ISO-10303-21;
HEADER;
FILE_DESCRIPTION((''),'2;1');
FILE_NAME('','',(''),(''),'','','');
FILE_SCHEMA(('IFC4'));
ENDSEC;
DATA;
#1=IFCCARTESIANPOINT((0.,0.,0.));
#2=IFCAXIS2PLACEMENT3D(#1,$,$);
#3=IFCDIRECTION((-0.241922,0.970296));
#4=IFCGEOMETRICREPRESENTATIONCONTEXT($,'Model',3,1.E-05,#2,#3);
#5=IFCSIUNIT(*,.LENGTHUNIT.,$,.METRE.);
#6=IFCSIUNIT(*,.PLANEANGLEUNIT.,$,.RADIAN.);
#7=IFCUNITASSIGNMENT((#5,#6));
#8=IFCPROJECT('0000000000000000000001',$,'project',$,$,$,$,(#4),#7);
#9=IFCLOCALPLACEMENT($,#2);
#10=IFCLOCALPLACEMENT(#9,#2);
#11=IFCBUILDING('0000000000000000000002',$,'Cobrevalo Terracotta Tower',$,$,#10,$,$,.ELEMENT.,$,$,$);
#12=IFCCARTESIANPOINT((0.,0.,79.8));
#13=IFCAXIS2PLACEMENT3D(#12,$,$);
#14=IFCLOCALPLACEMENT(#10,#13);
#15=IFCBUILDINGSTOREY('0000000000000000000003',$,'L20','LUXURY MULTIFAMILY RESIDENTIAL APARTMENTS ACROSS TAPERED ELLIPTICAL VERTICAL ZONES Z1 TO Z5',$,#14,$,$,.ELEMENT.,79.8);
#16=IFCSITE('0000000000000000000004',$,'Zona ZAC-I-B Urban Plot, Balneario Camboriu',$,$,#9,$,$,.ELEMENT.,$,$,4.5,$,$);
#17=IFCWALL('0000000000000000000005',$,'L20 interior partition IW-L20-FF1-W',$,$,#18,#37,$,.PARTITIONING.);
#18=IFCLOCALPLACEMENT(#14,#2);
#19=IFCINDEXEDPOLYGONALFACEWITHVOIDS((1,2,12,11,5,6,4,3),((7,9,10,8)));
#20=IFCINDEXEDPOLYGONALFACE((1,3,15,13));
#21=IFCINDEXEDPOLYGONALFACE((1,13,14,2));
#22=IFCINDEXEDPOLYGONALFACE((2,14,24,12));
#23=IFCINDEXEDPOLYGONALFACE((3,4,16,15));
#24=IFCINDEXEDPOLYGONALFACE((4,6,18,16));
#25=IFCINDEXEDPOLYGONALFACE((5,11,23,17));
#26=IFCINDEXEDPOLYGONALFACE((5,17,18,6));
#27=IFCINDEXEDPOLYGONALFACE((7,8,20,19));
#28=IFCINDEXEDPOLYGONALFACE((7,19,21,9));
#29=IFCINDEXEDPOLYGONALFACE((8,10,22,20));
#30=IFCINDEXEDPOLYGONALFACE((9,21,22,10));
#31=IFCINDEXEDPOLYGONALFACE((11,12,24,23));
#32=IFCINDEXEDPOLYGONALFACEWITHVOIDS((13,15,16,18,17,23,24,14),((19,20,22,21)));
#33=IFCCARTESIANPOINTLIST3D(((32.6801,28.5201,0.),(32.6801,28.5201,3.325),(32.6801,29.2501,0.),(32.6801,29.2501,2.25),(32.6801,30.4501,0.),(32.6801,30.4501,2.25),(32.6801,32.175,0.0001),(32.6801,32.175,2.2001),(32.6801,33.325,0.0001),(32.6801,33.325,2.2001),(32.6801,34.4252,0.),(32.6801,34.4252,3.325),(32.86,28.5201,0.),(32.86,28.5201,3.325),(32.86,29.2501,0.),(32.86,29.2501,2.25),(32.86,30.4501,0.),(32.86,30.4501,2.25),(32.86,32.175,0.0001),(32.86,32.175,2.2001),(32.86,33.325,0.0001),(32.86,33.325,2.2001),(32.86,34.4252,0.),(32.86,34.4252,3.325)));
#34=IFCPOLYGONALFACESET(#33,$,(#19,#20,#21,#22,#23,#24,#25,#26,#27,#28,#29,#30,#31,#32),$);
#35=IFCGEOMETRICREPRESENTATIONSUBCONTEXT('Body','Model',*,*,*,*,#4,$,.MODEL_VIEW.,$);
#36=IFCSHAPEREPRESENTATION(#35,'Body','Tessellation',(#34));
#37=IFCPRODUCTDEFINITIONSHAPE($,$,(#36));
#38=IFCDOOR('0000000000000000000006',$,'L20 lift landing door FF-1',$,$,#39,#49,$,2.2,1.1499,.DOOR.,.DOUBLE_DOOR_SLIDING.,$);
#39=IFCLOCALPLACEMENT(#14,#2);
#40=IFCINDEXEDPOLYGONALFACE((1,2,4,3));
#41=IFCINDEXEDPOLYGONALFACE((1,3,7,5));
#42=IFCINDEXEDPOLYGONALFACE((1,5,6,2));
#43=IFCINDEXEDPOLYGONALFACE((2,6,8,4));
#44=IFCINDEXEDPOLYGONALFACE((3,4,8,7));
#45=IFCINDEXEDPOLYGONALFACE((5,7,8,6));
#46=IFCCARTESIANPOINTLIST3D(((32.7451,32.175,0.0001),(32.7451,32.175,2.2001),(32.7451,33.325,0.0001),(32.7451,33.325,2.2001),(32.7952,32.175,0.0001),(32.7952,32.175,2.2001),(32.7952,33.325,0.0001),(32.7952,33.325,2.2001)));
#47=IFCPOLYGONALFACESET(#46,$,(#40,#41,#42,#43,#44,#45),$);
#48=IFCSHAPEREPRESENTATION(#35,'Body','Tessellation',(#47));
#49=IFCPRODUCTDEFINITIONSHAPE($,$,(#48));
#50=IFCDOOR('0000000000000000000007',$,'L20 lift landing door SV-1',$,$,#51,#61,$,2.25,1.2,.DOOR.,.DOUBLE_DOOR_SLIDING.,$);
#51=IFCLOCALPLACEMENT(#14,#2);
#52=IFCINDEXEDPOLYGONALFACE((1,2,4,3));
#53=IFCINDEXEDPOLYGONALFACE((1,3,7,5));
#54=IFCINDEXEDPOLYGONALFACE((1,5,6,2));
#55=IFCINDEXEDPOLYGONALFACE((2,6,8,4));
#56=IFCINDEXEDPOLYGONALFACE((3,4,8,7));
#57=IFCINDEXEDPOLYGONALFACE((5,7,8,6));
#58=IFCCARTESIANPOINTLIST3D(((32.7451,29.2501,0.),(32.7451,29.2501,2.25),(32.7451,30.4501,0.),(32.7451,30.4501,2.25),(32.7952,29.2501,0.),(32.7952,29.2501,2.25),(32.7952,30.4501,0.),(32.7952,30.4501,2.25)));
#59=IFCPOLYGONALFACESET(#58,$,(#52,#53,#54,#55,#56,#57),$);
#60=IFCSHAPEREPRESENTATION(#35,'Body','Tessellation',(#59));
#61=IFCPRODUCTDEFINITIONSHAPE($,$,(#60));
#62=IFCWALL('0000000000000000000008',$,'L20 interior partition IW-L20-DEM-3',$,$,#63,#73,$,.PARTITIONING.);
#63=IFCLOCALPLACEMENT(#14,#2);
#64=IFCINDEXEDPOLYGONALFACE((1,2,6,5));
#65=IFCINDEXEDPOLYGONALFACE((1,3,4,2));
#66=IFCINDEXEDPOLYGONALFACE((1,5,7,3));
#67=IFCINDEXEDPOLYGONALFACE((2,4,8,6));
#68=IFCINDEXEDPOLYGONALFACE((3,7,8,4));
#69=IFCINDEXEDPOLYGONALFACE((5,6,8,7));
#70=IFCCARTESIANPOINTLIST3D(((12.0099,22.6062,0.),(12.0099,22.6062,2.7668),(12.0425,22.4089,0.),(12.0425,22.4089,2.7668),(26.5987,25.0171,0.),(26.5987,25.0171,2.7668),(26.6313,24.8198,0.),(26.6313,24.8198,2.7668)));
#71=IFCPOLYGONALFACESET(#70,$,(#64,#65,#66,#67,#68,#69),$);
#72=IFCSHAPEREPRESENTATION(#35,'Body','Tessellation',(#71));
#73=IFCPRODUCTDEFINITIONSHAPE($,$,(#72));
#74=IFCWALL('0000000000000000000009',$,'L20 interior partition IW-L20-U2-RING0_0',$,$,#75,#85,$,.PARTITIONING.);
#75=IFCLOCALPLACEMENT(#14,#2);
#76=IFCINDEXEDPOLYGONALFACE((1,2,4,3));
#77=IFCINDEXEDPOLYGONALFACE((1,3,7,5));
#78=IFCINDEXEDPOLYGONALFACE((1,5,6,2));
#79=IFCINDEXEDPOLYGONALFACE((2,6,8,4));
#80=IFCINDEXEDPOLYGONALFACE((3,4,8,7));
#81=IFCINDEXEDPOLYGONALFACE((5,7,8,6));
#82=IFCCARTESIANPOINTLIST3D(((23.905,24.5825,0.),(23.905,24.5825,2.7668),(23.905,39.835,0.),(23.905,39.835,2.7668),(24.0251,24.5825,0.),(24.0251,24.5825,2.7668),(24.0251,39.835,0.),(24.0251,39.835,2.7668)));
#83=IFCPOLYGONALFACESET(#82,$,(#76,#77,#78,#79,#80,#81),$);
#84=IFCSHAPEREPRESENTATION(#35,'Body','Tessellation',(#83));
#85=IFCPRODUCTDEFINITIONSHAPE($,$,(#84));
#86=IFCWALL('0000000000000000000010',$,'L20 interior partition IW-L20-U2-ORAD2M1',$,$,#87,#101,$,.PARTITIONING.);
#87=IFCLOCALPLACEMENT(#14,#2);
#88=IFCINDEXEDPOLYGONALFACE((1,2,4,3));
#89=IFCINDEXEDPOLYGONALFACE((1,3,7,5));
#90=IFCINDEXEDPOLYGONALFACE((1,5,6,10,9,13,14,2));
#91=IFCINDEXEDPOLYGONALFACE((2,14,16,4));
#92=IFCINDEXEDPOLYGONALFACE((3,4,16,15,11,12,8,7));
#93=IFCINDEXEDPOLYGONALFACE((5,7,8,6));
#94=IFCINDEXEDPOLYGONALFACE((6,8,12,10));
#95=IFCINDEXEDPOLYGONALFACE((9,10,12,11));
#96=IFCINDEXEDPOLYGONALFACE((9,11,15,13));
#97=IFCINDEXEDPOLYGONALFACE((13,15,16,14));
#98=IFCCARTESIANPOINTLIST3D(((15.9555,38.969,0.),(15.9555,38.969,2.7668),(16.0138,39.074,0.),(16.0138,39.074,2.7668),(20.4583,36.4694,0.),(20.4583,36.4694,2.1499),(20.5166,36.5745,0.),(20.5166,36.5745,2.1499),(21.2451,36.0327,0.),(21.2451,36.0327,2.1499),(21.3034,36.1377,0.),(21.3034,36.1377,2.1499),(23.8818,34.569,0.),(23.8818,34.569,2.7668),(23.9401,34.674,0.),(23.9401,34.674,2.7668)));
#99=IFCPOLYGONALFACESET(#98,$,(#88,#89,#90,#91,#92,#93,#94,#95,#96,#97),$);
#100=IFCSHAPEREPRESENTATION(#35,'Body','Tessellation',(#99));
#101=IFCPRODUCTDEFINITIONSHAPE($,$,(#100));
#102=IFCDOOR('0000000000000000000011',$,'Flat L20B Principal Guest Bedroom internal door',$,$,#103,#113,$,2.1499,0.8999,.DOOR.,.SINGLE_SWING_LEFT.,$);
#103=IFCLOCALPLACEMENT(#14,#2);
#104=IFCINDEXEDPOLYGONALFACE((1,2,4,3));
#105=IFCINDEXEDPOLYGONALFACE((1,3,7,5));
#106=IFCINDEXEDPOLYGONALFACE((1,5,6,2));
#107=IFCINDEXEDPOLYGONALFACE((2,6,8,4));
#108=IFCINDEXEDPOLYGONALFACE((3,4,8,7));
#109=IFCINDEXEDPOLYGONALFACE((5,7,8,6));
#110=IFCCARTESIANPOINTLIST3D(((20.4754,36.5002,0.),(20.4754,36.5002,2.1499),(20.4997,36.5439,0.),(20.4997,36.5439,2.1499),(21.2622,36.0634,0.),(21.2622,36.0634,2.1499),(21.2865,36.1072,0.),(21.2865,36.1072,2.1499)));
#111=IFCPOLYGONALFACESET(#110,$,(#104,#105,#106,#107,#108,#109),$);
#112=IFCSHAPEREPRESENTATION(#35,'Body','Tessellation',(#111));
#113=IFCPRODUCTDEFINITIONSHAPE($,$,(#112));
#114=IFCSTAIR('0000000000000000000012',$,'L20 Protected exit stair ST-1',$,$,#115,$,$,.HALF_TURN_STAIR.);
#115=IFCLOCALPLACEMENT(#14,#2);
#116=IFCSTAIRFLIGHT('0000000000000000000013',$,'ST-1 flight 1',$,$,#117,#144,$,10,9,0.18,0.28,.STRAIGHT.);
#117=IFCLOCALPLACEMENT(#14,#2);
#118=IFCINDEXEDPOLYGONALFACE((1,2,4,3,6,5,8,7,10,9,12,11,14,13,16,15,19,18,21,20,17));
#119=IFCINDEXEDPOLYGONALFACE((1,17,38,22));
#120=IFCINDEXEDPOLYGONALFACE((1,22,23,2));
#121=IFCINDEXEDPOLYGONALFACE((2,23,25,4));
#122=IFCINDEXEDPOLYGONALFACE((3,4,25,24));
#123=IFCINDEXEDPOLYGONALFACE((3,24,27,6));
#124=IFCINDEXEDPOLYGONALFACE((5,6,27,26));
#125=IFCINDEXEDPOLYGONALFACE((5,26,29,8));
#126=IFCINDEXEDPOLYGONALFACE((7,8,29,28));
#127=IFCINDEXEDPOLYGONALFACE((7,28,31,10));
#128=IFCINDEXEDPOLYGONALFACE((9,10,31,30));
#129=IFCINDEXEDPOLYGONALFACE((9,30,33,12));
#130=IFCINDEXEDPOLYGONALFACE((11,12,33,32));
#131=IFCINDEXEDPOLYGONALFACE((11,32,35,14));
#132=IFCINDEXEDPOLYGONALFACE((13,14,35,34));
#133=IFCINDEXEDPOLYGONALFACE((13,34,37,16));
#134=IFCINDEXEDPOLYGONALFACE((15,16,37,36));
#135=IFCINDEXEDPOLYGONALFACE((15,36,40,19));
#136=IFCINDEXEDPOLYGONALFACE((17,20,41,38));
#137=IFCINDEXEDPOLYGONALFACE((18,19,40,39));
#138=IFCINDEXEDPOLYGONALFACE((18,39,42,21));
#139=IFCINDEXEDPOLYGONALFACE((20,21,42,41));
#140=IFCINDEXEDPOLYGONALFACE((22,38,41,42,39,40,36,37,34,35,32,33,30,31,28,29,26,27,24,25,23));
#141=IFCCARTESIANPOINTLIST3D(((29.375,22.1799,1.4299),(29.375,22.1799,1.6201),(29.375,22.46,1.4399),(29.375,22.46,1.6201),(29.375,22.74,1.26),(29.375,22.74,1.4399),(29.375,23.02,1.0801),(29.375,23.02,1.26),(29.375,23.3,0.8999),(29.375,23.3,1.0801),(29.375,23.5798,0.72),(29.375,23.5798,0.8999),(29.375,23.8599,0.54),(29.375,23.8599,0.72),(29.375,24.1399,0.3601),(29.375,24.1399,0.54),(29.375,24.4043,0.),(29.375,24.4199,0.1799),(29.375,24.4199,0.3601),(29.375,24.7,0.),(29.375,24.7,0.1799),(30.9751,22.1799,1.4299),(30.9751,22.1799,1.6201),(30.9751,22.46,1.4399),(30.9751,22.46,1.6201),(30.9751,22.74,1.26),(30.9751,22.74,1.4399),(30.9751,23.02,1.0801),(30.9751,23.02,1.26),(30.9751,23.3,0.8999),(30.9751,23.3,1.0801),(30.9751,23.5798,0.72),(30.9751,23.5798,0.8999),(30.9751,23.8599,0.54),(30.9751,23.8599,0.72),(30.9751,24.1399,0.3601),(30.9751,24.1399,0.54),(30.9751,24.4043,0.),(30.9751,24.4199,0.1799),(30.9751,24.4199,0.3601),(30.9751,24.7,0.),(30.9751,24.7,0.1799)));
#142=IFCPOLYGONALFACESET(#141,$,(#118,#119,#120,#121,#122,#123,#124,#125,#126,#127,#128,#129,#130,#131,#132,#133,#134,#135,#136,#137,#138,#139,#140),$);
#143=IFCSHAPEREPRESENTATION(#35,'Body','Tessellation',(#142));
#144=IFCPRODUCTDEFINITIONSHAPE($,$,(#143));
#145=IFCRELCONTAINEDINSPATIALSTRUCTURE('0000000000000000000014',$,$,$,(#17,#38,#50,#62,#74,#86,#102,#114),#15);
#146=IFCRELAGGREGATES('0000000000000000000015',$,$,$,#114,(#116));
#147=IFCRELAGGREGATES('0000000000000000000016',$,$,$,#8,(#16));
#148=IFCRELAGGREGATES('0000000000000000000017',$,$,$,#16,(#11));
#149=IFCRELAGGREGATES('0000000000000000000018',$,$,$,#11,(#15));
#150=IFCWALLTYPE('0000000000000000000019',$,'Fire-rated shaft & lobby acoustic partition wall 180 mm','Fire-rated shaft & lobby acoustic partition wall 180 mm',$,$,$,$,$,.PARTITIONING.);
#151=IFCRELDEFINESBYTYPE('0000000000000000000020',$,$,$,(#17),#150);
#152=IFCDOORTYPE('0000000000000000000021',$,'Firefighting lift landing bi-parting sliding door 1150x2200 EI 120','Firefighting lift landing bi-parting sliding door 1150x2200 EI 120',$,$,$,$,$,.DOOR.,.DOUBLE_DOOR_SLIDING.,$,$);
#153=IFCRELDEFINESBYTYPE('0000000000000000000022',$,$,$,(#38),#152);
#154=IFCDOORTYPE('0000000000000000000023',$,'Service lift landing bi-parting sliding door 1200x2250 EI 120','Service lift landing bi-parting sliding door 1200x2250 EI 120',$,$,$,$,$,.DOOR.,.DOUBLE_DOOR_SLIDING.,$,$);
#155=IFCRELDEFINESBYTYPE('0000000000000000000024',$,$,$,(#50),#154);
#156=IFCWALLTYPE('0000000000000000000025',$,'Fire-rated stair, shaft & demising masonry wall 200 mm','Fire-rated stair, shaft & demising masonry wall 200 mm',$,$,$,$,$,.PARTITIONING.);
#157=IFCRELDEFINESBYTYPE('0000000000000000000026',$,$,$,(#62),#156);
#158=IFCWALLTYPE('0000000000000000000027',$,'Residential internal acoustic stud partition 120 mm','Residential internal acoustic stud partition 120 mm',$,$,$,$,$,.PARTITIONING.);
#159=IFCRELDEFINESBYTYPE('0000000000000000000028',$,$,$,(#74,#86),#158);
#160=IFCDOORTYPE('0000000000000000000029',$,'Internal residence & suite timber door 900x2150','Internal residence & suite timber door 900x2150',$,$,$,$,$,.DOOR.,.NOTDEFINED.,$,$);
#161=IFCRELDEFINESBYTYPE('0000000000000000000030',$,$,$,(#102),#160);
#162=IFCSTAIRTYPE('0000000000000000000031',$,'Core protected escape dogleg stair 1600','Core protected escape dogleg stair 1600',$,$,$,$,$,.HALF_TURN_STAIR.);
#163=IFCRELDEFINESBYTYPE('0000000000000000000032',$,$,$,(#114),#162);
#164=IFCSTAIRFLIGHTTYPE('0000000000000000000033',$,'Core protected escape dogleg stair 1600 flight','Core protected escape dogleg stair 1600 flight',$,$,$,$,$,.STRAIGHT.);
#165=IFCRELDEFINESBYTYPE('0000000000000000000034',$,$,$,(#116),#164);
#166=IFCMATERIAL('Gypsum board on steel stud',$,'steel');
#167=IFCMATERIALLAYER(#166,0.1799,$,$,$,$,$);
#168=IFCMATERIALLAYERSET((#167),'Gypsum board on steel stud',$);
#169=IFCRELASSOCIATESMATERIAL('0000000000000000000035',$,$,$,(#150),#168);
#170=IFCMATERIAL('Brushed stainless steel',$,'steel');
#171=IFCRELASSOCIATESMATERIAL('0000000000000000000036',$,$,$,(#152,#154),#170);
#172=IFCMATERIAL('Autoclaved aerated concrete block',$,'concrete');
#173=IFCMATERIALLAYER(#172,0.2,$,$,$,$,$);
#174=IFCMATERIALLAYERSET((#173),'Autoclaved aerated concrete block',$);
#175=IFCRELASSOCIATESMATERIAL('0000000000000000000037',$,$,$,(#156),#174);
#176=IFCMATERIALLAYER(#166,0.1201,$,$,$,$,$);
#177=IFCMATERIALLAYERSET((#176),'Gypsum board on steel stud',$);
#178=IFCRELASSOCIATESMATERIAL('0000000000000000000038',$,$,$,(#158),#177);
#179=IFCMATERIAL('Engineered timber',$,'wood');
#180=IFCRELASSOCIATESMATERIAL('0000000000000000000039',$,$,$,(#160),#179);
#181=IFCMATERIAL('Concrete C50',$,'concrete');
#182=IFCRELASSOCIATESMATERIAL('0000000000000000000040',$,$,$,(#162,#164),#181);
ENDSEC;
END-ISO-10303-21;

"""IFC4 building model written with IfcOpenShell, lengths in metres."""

from ifc_helpers import new_model, si_unit, direction, frame, frame_2d, origin, place, context, subcontext, project, spatial, polyline, rectangle, outline, extrude, source, transform, mapped, material, layer, layer_set, type_object, element, fill, aggregate, save


model = new_model("IFC4")

# Units and contexts
model_context = context("Model", 3, precision=1e-05, world=origin(), true_north=direction((-0.241922, 0.970296)))
body_context = subcontext(model_context, "Body", "Model", "MODEL_VIEW")
ifc_project = project(units=[si_unit("LENGTHUNIT", "METRE"), si_unit("PLANEANGLEUNIT", "RADIAN")], contexts=[model_context])

# Site, building, storey
site_placement = place(None, origin())
site = spatial("IfcSite", under=ifc_project, at=site_placement, Name="Zona ZAC-I-B Urban Plot, Balneario Camboriu", CompositionType="ELEMENT", RefElevation=4.5)
building_placement = place(site_placement, origin())
building = spatial("IfcBuilding", under=site, at=building_placement, Name="Cobrevalo Terracotta Tower", CompositionType="ELEMENT")
storey_placement = place(building_placement, frame((0.0, 0.0, 79.8)))
storey = spatial("IfcBuildingStorey", under=building, at=storey_placement, Name="L20", Description="LUXURY MULTIFAMILY RESIDENTIAL APARTMENTS ACROSS TAPERED ELLIPTICAL VERTICAL ZONES Z1 TO Z5", CompositionType="ELEMENT", Elevation=79.8)

# Shared definitions
ifc_material_1 = material(Name="Gypsum board on steel stud", Category="steel")

# Shared definitions
ifc_layer_1 = layer(ifc_material_1, 0.1799)
ifc_layer_set_1 = layer_set([ifc_layer_1], Name="Gypsum board on steel stud")
wall_type_1 = type_object("IfcWallType", Name="Fire-rated shaft & lobby acoustic partition wall 180 mm", Description="Fire-rated shaft & lobby acoustic partition wall 180 mm", PredefinedType="PARTITIONING", material=ifc_layer_set_1)

# Wall, openings, doors
wall_1_placement = place(storey_placement, frame((32.77, 28.52, 0.0), z_axis=(0.0, 0.0, 1.0), x_axis=(0.0, 1.0, 0.0)))
wall_1 = element("IfcWall", 1, at=wall_1_placement, inside=storey, type_object=wall_type_1, Name="L20 interior partition IW-L20-FF1-W", PredefinedType="PARTITIONING", context=body_context, shape_type="SweptSolid", body=[
    extrude(rectangle(XDim=5.905, YDim=0.1799, at=frame_2d((2.9526, 0.0))), origin(), (0.0, 0.0, 1.0), 3.325),
])
opening_1_placement = place(wall_1_placement, frame((3.655, 0.0, 0.0)))
opening_1 = element("IfcOpeningElement", 2, at=opening_1_placement, cuts=wall_1, PredefinedType="OPENING", context=body_context, shape_type="SweptSolid", body=[
    extrude(rectangle(XDim=1.1499, YDim=2.2, at=frame_2d((0.575, 1.1001))), frame((0.0, 0.1001, 0.0), z_axis=(0.0, -1.0, 0.0), x_axis=(1.0, 0.0, 0.0)), (0.0, 0.0, 1.0), 0.2),
])
opening_2_placement = place(wall_1_placement, frame((0.73, 0.0, 0.0)))
opening_2 = element("IfcOpeningElement", 3, at=opening_2_placement, cuts=wall_1, PredefinedType="OPENING", context=body_context, shape_type="SweptSolid", body=[
    extrude(rectangle(XDim=1.2, YDim=2.25, at=frame_2d((0.6001, 1.125))), frame((0.0, 0.1001, 0.0), z_axis=(0.0, -1.0, 0.0), x_axis=(1.0, 0.0, 0.0)), (0.0, 0.0, 1.0), 0.2),
])
ifc_material_2 = material(Name="Brushed stainless steel", Category="steel")
door_type_1 = type_object("IfcDoorType", Name="Firefighting lift landing bi-parting sliding door 1150x2200 EI 120", Description="Firefighting lift landing bi-parting sliding door 1150x2200 EI 120", OperationType="DOUBLE_DOOR_SLIDING", PredefinedType="DOOR", material=ifc_material_2)
shared_shape_1 = source(origin(), body_context, "Body", "SweptSolid", [
    extrude(rectangle(XDim=1.1499, YDim=2.2, at=frame_2d((0.575, 1.1001))), frame((0.0, 0.0249, 0.0), z_axis=(0.0, -1.0, 0.0), x_axis=(1.0, 0.0, 0.0)), (0.0, 0.0, 1.0), 0.05),
])
door_1_placement = place(opening_1_placement, origin())
door_1 = element("IfcDoor", 4, at=door_1_placement, inside=storey, type_object=door_type_1, Name="L20 lift landing door FF-1", OperationType="DOUBLE_DOOR_SLIDING", OverallHeight=2.2, OverallWidth=1.1499, PredefinedType="DOOR", context=body_context, shape_type="MappedRepresentation", body=[
    mapped(shared_shape_1, transform((0.0, 0.0, 0.0), scale=1.0)),
])
fill(opening_1, door_1)
door_type_2 = type_object("IfcDoorType", Name="Service lift landing bi-parting sliding door 1200x2250 EI 120", Description="Service lift landing bi-parting sliding door 1200x2250 EI 120", OperationType="DOUBLE_DOOR_SLIDING", PredefinedType="DOOR", material=ifc_material_2)
shared_shape_2 = source(origin(), body_context, "Body", "SweptSolid", [
    extrude(rectangle(XDim=1.2, YDim=2.25, at=frame_2d((0.6001, 1.125))), frame((0.0, 0.0249, 0.0), z_axis=(0.0, -1.0, 0.0), x_axis=(1.0, 0.0, 0.0)), (0.0, 0.0, 1.0), 0.05),
])
door_2_placement = place(opening_2_placement, origin())
door_2 = element("IfcDoor", 5, at=door_2_placement, inside=storey, type_object=door_type_2, Name="L20 lift landing door SV-1", OperationType="DOUBLE_DOOR_SLIDING", OverallHeight=2.25, OverallWidth=1.2, PredefinedType="DOOR", context=body_context, shape_type="MappedRepresentation", body=[
    mapped(shared_shape_2, transform((0.0, 0.0, 0.0), scale=1.0)),
])
fill(opening_2, door_2)

# Walls
ifc_material_3 = material(Name="Autoclaved aerated concrete block", Category="concrete")
ifc_layer_2 = layer(ifc_material_3, 0.2)
ifc_layer_set_2 = layer_set([ifc_layer_2], Name="Autoclaved aerated concrete block")
wall_type_2 = type_object("IfcWallType", Name="Fire-rated stair, shaft & demising masonry wall 200 mm", Description="Fire-rated stair, shaft & demising masonry wall 200 mm", PredefinedType="PARTITIONING", material=ifc_layer_set_2)
wall_2_placement = place(storey_placement, frame((26.615, 24.9185, 0.0), z_axis=(0.0, 0.0, 1.0), x_axis=(-0.986619, -0.163044, 0.0)))
element("IfcWall", 6, at=wall_2_placement, inside=storey, type_object=wall_type_2, Name="L20 interior partition IW-L20-DEM-3", PredefinedType="PARTITIONING", context=body_context, shape_type="SweptSolid", body=[
    extrude(rectangle(XDim=14.7866, YDim=0.2, at=frame_2d((7.3933, 0.0))), origin(), (0.0, 0.0, 1.0), 2.7668),
])
ifc_layer_3 = layer(ifc_material_1, 0.1201)
ifc_layer_set_3 = layer_set([ifc_layer_3], Name="Gypsum board on steel stud")
wall_type_3 = type_object("IfcWallType", Name="Residential internal acoustic stud partition 120 mm", Description="Residential internal acoustic stud partition 120 mm", PredefinedType="PARTITIONING", material=ifc_layer_set_3)
wall_3_placement = place(storey_placement, frame((23.9651, 24.5825, 0.0), z_axis=(0.0, 0.0, 1.0), x_axis=(0.0, 1.0, 0.0)))
element("IfcWall", 7, at=wall_3_placement, inside=storey, type_object=wall_type_3, Name="L20 interior partition IW-L20-U2-RING0_0", PredefinedType="PARTITIONING", context=body_context, shape_type="SweptSolid", body=[
    extrude(rectangle(XDim=15.2524, YDim=0.1201, at=frame_2d((7.6262, 0.0))), origin(), (0.0, 0.0, 1.0), 2.7668),
])

# Wall, opening, door
wall_4_placement = place(storey_placement, frame((23.9109, 34.6216, 0.0), z_axis=(0.0, 0.0, 1.0), x_axis=(-0.874325, 0.485341, 0.0)))
wall_4 = element("IfcWall", 8, at=wall_4_placement, inside=storey, type_object=wall_type_3, Name="L20 interior partition IW-L20-U2-ORAD2M1", PredefinedType="PARTITIONING", context=body_context, shape_type="SweptSolid", body=[
    extrude(rectangle(XDim=9.0657, YDim=0.1201, at=frame_2d((4.5327, 0.0))), origin(), (0.0, 0.0, 1.0), 2.7668),
])
opening_3_placement = place(wall_4_placement, frame((3.0156, 0.0, 0.0)))
opening_3 = element("IfcOpeningElement", 9, at=opening_3_placement, cuts=wall_4, PredefinedType="OPENING", context=body_context, shape_type="SweptSolid", body=[
    extrude(rectangle(XDim=0.8999, YDim=2.1499, at=frame_2d((0.45, 1.075))), frame((0.0, 0.0701, 0.0), z_axis=(0.0, -1.0, 0.0), x_axis=(1.0, 0.0, 0.0)), (0.0, 0.0, 1.0), 0.1401),
])
ifc_material_4 = material(Name="Engineered timber", Category="wood")
door_type_3 = type_object("IfcDoorType", Name="Internal residence & suite timber door 900x2150", Description="Internal residence & suite timber door 900x2150", OperationType="NOTDEFINED", PredefinedType="DOOR", material=ifc_material_4)
shared_shape_3 = source(origin(), body_context, "Body", "SweptSolid", [
    extrude(rectangle(XDim=0.8999, YDim=2.1499, at=frame_2d((0.45, 1.075))), frame((0.0, 0.0249, 0.0), z_axis=(0.0, -1.0, 0.0), x_axis=(1.0, 0.0, 0.0)), (0.0, 0.0, 1.0), 0.05),
])
door_3_placement = place(opening_3_placement, origin())
door_3 = element("IfcDoor", 10, at=door_3_placement, inside=storey, type_object=door_type_3, Name="Flat L20B Principal Guest Bedroom internal door", OperationType="SINGLE_SWING_LEFT", OverallHeight=2.1499, OverallWidth=0.8999, PredefinedType="DOOR", context=body_context, shape_type="MappedRepresentation", body=[
    mapped(shared_shape_3, transform((0.0, 0.0, 0.0), scale=1.0)),
])
fill(opening_3, door_3)
ifc_material_5 = material(Name="Concrete C50", Category="concrete")

# Stair, stair flight
stair_type = type_object("IfcStairType", Name="Core protected escape dogleg stair 1600", Description="Core protected escape dogleg stair 1600", PredefinedType="HALF_TURN_STAIR", material=ifc_material_5)
stair_placement = place(storey_placement, origin())
stair = element("IfcStair", 11, at=stair_placement, inside=storey, type_object=stair_type, Name="L20 Protected exit stair ST-1", PredefinedType="HALF_TURN_STAIR")
stair_flight_type = type_object("IfcStairFlightType", Name="Core protected escape dogleg stair 1600 flight", Description="Core protected escape dogleg stair 1600 flight", PredefinedType="STRAIGHT", material=ifc_material_5)
stair_flight_placement = place(storey_placement, frame((30.175, 24.7, 0.0), z_axis=(0.0, 0.0, 1.0), x_axis=(0.0, -1.0, 0.0)))
stair_flight = element("IfcStairFlight", 12, at=stair_flight_placement, type_object=stair_flight_type, Name="ST-1 flight 1", NumberOfRisers=10, NumberOfTreads=9, PredefinedType="STRAIGHT", RiserHeight=0.18, TreadLength=0.28, context=body_context, shape_type="SweptSolid", body=[
    extrude(outline(polyline([(0.0, 0.0), (0.0, 0.1799), (0.28, 0.1799), (0.28, 0.3601), (0.5601, 0.3601), (0.5601, 0.54), (0.8401, 0.54), (0.8401, 0.72), (1.1201, 0.72), (1.1201, 0.8999), (1.3999, 0.8999), (1.3999, 1.0801), (1.6799, 1.0801), (1.6799, 1.26), (1.96, 1.26), (1.96, 1.4399), (2.24, 1.4399), (2.24, 1.6201), (2.52, 1.6201), (2.52, 1.8), (2.52, 1.4299), (0.2957, 0.0), (0.0, 0.0)])), frame((0.0, 0.8, 0.0), z_axis=(0.0, -1.0, 0.0), x_axis=(1.0, 0.0, 0.0)), (0.0, 0.0, 1.0), 1.6001),
])
aggregate(stair, [stair_flight])

save(model, "model.ifc")
